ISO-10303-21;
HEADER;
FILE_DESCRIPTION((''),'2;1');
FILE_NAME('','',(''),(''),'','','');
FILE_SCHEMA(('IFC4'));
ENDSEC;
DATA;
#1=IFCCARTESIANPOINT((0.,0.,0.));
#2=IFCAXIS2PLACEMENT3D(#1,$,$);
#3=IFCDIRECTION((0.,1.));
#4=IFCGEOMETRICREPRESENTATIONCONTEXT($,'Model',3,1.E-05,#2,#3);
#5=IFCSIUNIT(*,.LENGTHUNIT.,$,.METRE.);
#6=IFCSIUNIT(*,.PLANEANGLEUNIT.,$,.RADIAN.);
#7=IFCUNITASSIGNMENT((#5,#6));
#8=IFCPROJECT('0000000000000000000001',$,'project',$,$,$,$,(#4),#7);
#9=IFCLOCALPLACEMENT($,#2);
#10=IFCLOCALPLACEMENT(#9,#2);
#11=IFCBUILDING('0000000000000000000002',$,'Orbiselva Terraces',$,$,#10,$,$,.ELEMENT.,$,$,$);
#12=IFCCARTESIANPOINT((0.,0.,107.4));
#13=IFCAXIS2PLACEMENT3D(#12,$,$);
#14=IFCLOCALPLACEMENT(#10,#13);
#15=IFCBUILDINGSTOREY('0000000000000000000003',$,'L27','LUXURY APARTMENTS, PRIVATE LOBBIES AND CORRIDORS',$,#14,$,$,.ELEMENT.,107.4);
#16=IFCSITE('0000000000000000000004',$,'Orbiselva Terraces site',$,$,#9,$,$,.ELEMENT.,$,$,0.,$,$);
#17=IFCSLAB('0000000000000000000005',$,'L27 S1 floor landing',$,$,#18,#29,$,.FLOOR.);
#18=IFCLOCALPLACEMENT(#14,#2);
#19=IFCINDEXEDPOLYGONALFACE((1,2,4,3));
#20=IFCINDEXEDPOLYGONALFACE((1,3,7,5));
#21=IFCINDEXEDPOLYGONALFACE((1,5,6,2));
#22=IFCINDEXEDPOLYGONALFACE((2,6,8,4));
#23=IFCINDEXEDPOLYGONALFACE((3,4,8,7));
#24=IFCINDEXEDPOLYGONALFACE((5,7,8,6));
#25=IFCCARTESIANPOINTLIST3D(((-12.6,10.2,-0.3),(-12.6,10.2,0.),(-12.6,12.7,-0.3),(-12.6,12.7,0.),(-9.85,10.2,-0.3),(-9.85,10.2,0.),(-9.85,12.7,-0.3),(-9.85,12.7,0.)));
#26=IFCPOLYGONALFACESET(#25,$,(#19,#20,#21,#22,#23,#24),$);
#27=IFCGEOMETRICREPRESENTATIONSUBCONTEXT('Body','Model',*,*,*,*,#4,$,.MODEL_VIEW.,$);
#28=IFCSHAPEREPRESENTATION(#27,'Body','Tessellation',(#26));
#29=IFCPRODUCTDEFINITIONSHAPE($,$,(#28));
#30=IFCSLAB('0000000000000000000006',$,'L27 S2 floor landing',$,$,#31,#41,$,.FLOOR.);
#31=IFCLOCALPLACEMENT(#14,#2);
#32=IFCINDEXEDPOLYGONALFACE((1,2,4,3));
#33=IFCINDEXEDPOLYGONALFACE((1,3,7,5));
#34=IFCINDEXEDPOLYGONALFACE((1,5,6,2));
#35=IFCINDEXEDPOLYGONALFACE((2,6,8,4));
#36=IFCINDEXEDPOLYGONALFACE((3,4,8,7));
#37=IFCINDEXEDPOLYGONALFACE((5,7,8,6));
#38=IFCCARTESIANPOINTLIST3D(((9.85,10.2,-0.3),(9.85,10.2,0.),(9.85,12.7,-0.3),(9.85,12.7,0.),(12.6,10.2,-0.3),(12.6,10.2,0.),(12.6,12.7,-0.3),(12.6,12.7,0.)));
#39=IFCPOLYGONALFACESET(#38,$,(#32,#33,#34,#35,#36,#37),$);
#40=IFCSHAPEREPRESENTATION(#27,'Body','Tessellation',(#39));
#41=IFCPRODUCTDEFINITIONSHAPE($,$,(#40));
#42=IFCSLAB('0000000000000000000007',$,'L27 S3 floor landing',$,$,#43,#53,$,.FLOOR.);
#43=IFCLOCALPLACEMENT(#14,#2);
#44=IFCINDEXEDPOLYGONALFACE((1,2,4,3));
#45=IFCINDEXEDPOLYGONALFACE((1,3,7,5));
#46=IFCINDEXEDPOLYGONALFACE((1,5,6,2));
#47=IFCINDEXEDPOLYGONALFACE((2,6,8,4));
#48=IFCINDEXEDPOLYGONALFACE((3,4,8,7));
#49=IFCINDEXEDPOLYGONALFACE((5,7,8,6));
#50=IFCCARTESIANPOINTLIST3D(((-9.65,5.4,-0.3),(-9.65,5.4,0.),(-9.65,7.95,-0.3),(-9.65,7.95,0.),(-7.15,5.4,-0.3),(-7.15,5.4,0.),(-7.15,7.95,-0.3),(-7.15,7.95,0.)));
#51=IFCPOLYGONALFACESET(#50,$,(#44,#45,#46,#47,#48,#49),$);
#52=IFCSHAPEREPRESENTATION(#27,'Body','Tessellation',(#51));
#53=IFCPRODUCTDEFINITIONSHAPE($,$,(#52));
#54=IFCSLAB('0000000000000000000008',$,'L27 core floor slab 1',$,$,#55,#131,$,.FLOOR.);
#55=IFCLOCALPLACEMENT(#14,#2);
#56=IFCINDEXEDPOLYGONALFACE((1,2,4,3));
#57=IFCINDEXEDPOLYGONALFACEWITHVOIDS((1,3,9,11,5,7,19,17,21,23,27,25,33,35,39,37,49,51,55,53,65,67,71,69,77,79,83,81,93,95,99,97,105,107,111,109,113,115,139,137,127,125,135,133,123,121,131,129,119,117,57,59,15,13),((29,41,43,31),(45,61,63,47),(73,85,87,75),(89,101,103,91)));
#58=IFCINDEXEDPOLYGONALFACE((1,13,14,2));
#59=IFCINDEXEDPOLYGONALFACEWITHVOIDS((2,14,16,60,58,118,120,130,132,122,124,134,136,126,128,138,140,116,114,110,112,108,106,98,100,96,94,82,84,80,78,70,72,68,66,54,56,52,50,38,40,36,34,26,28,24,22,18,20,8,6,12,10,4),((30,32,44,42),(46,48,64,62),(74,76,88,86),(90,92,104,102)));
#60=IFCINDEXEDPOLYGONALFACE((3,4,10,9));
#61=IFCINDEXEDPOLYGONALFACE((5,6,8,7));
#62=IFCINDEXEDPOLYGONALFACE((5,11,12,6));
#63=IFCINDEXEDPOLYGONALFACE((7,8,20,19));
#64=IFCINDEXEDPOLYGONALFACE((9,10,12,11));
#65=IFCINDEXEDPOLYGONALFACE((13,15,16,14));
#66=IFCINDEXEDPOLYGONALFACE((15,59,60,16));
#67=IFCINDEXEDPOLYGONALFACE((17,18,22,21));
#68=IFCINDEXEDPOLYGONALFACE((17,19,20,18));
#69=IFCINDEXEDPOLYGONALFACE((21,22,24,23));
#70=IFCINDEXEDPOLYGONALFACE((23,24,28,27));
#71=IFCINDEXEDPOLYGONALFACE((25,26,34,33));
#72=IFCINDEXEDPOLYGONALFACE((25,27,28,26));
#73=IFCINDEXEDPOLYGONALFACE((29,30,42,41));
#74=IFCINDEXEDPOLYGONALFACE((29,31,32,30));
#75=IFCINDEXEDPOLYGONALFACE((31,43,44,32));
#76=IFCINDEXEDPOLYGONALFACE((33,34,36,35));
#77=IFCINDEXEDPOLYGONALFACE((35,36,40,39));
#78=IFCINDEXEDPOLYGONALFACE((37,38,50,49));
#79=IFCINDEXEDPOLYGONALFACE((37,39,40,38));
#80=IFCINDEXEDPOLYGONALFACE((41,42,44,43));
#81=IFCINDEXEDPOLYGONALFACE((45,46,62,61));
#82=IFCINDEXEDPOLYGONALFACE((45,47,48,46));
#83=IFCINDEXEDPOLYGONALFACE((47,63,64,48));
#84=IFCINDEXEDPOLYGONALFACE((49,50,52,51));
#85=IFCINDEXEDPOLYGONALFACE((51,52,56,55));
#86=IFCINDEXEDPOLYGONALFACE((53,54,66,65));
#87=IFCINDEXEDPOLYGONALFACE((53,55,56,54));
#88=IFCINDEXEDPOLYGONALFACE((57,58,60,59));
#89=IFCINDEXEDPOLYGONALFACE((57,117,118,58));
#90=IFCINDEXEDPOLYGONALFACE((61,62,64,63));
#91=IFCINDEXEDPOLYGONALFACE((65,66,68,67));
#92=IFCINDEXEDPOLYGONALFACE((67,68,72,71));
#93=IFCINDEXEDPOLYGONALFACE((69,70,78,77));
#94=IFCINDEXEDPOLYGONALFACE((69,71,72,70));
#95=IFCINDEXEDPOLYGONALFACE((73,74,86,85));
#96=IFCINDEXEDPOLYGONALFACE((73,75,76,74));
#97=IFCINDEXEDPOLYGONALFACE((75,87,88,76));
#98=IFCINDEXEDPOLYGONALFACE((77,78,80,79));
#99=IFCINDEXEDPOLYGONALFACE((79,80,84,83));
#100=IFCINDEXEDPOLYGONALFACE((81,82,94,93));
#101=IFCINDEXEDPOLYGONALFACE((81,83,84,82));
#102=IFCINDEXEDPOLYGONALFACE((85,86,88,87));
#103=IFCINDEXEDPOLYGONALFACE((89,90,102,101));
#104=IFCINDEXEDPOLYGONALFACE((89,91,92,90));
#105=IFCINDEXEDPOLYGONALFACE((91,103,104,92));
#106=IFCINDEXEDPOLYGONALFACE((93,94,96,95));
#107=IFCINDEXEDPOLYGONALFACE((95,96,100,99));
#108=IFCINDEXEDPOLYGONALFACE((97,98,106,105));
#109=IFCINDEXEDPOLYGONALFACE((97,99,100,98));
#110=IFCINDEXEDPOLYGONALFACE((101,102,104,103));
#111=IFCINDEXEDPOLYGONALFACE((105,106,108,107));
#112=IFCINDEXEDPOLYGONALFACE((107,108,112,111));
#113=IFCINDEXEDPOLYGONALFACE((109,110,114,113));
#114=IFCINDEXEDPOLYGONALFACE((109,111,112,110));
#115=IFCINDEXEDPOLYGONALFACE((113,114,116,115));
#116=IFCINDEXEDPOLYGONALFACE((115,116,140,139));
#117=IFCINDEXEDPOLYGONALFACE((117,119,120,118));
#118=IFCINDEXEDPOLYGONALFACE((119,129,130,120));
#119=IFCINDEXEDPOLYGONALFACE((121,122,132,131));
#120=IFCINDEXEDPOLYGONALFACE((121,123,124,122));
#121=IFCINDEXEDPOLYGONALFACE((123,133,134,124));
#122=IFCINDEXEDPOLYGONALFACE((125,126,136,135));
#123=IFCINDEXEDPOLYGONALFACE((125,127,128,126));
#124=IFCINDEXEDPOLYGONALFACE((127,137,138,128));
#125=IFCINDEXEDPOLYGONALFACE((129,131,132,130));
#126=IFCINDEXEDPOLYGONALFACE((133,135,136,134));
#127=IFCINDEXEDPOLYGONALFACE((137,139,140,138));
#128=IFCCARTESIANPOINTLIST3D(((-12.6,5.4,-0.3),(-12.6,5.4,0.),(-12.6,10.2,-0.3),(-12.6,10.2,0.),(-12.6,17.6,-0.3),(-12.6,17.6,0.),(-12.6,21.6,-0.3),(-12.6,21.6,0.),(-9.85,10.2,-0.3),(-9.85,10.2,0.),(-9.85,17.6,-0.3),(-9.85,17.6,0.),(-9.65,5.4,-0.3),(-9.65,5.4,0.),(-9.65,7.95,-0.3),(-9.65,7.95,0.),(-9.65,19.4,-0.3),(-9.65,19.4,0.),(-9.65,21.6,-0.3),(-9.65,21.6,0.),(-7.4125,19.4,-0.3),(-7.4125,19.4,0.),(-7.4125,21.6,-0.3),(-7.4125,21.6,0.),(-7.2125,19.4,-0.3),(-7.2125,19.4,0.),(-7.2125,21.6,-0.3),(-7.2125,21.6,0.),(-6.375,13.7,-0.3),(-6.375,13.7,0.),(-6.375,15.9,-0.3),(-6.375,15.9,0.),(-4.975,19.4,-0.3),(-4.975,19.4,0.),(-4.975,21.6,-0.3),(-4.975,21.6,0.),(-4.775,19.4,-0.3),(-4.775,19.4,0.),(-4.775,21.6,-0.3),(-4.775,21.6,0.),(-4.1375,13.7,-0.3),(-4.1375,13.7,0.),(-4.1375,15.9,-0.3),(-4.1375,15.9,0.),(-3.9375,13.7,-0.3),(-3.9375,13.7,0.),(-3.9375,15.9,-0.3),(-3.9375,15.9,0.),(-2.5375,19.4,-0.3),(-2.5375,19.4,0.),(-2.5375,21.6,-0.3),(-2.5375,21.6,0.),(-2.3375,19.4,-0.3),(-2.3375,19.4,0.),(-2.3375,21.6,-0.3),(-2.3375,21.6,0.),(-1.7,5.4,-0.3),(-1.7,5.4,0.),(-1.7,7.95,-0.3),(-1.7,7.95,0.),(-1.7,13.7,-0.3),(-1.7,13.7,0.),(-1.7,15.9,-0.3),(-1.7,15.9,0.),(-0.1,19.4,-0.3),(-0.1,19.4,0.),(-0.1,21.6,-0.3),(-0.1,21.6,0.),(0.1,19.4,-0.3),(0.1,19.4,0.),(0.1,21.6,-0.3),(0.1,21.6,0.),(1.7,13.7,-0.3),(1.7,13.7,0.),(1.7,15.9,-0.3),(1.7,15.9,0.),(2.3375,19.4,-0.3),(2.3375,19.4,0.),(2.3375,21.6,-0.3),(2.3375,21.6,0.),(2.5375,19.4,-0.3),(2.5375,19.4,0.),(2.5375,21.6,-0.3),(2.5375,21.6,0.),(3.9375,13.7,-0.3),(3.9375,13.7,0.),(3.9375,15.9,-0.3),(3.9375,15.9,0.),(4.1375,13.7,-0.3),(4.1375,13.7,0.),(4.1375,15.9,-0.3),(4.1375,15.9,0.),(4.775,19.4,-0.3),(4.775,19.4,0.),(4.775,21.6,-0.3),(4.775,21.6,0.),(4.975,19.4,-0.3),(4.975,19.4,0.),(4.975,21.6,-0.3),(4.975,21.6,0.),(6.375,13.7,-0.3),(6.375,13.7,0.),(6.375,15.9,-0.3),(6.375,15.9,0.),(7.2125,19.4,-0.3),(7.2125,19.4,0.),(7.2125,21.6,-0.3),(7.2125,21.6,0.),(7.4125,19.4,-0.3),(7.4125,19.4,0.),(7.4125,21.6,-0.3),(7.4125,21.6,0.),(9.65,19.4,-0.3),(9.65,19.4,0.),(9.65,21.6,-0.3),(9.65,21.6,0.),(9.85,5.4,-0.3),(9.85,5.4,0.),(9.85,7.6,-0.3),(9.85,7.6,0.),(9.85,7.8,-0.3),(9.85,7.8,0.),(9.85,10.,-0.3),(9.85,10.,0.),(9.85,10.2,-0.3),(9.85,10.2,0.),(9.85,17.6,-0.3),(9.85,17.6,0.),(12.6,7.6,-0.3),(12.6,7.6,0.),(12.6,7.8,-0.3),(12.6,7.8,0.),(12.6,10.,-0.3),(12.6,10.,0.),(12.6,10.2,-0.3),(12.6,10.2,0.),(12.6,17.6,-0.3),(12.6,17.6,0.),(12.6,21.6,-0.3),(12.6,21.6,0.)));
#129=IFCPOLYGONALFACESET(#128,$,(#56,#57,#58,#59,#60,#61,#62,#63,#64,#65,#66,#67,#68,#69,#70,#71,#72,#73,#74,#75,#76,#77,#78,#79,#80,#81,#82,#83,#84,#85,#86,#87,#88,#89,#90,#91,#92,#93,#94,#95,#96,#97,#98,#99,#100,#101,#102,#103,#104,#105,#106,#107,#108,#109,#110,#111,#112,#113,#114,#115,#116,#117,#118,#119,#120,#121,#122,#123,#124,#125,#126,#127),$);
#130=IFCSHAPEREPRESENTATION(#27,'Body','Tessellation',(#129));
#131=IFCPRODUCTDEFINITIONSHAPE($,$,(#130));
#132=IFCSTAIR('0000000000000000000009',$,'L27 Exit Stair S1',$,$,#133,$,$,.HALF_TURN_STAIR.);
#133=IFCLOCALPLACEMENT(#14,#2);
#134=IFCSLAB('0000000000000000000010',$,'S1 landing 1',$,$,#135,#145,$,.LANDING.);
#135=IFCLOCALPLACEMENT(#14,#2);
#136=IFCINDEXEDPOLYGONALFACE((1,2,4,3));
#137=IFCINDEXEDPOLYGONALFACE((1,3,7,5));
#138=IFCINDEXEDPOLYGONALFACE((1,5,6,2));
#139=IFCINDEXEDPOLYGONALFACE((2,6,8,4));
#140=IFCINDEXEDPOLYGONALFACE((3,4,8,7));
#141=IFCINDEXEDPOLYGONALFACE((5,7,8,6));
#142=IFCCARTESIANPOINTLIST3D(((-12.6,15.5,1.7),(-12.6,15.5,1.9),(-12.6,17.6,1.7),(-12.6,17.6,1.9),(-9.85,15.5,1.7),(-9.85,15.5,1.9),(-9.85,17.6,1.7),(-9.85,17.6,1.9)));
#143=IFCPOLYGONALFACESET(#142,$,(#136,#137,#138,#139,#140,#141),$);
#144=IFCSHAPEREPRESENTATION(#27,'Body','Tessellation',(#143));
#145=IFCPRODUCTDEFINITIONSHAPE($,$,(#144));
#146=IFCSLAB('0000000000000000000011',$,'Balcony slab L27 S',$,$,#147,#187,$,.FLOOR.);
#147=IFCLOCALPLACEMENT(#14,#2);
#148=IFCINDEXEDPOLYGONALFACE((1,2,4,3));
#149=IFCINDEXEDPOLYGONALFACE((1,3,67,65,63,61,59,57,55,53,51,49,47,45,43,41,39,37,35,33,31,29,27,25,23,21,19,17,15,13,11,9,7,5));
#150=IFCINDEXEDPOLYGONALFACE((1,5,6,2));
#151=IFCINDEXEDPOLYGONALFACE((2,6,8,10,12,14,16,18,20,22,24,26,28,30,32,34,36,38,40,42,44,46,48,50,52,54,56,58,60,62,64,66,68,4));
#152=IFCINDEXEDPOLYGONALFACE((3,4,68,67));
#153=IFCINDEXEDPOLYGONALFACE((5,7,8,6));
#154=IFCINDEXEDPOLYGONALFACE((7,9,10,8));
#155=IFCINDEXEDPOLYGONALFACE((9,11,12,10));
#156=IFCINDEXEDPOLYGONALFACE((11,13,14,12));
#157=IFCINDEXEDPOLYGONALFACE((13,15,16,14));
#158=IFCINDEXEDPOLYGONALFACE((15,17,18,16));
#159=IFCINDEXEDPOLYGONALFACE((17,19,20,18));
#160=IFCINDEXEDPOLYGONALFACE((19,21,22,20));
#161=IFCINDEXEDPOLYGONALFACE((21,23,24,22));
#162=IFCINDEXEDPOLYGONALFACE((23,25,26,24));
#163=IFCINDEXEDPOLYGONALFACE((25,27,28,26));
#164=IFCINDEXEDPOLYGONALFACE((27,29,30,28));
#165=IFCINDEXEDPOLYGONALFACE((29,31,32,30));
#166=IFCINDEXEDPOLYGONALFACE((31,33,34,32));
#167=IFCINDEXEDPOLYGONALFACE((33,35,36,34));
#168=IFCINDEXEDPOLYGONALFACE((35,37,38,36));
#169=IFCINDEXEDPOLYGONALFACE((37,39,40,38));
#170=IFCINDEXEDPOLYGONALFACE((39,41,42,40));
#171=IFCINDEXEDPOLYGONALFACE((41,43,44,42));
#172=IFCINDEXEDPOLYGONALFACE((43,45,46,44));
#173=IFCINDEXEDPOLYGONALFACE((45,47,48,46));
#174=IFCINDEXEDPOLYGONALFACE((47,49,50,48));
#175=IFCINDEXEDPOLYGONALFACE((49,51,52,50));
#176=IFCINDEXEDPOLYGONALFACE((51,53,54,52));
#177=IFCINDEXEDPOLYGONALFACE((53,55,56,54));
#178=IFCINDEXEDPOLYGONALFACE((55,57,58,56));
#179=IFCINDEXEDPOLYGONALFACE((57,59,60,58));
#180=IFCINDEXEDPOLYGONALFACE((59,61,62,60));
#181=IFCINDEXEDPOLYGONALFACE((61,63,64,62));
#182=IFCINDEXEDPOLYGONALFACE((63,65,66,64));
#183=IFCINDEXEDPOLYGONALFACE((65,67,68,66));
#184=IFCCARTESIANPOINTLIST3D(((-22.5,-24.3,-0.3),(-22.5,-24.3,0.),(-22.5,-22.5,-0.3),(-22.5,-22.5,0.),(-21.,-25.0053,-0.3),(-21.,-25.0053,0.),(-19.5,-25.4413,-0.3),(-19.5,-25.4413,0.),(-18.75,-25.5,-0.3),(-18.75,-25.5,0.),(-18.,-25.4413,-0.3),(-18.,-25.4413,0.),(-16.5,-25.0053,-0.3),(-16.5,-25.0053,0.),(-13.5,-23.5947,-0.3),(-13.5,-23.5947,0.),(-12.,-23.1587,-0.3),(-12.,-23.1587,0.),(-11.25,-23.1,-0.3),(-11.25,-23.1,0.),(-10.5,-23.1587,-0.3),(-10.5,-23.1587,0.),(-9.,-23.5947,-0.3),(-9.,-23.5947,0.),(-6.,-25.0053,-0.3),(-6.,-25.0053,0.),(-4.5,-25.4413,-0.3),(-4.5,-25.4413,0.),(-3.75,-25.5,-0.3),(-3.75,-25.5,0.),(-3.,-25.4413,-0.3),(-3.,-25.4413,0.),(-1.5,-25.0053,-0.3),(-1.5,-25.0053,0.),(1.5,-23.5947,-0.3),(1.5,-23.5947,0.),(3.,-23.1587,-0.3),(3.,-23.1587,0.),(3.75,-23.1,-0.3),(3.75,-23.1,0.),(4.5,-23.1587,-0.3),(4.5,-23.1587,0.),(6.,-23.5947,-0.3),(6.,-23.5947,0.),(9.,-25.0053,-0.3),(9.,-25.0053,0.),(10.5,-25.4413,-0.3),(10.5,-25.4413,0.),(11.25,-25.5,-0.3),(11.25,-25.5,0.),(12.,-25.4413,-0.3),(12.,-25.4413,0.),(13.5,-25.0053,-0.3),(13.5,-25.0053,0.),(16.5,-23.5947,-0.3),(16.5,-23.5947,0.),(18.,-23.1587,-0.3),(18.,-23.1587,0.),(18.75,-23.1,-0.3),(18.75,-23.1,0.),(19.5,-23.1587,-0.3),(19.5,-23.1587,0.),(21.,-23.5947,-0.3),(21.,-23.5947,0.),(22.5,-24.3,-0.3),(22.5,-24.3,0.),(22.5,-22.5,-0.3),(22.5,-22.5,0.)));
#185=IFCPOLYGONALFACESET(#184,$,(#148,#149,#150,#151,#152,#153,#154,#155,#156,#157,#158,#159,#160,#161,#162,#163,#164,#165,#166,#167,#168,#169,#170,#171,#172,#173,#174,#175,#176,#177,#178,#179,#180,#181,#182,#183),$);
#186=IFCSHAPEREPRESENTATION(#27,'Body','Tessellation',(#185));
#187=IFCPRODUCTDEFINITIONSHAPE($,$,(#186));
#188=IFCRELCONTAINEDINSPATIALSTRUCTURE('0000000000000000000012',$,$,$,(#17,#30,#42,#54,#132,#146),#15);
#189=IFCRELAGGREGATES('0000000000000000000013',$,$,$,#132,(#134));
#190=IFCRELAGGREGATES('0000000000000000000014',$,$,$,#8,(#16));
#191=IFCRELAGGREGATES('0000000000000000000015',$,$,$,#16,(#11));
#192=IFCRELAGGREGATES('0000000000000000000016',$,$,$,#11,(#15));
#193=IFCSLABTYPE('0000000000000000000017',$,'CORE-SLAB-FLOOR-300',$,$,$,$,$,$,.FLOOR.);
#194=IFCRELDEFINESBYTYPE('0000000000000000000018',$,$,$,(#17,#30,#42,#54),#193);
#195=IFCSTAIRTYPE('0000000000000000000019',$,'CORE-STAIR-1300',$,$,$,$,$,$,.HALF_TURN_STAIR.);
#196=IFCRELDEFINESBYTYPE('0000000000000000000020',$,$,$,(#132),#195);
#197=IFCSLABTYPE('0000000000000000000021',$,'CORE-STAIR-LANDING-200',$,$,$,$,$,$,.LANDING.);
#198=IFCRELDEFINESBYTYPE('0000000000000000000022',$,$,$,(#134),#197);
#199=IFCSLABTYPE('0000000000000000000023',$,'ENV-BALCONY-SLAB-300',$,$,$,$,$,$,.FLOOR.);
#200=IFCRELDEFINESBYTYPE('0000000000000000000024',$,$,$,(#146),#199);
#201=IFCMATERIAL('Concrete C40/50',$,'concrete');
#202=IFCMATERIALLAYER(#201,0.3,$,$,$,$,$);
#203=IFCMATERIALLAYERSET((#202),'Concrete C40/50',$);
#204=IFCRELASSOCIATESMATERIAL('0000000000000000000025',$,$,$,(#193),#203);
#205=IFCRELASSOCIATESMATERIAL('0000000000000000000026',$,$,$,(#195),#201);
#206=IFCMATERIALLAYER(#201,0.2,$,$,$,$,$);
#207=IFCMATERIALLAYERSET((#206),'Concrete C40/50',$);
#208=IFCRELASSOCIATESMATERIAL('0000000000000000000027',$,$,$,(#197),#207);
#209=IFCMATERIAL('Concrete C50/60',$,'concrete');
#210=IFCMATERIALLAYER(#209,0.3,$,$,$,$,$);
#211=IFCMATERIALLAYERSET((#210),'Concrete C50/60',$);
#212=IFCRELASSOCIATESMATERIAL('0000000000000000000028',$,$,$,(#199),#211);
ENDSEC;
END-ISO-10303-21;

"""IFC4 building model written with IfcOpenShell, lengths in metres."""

from ifc_helpers import new_model, si_unit, direction, frame, origin, place, context, subcontext, project, spatial, polyline, outline, extrude, material, layer, layer_set, type_object, element, aggregate, save


model = new_model("IFC4")

# Units and contexts
model_context = context("Model", 3, precision=1e-05, world=origin(), true_north=direction((0.0, 1.0)))
body_context = subcontext(model_context, "Body", "Model", "MODEL_VIEW")
ifc_project = project(units=[si_unit("LENGTHUNIT", "METRE"), si_unit("PLANEANGLEUNIT", "RADIAN")], contexts=[model_context])

# Site, building, storey
site_placement = place(None, origin())
site = spatial("IfcSite", under=ifc_project, at=site_placement, Name="Orbiselva Terraces site", CompositionType="ELEMENT", RefElevation=0.0)
building_placement = place(site_placement, origin())
building = spatial("IfcBuilding", under=site, at=building_placement, Name="Orbiselva Terraces", CompositionType="ELEMENT")
storey_placement = place(building_placement, frame((0.0, 0.0, 107.4)))
storey = spatial("IfcBuildingStorey", under=building, at=storey_placement, Name="L27", Description="LUXURY APARTMENTS, PRIVATE LOBBIES AND CORRIDORS", CompositionType="ELEMENT", Elevation=107.4)

# Slabs
ifc_material_1 = material(Name="Concrete C40/50", Category="concrete")
ifc_layer_1 = layer(ifc_material_1, 0.3)
ifc_layer_set_1 = layer_set([ifc_layer_1], Name="Concrete C40/50")
slab_type_1 = type_object("IfcSlabType", Name="CORE-SLAB-FLOOR-300", PredefinedType="FLOOR", material=ifc_layer_set_1)
slab_1_placement = place(storey_placement, frame((0.0, 0.0, -0.3)))
element("IfcSlab", 1, at=slab_1_placement, inside=storey, type_object=slab_type_1, Name="L27 S1 floor landing", PredefinedType="FLOOR", context=body_context, shape_type="SweptSolid", body=[
    extrude(outline(polyline([(-12.6, 12.7), (-9.85, 12.7), (-9.85, 10.2), (-12.6, 10.2), (-12.6, 12.7)])), origin(), (0.0, 0.0, 1.0), 0.3),
])
slab_2_placement = place(storey_placement, frame((0.0, 0.0, -0.3)))
element("IfcSlab", 2, at=slab_2_placement, inside=storey, type_object=slab_type_1, Name="L27 S2 floor landing", PredefinedType="FLOOR", context=body_context, shape_type="SweptSolid", body=[
    extrude(outline(polyline([(12.6, 12.7), (12.6, 10.2), (9.85, 10.2), (9.85, 12.7), (12.6, 12.7)])), origin(), (0.0, 0.0, 1.0), 0.3),
])
slab_3_placement = place(storey_placement, frame((0.0, 0.0, -0.3)))
element("IfcSlab", 3, at=slab_3_placement, inside=storey, type_object=slab_type_1, Name="L27 S3 floor landing", PredefinedType="FLOOR", context=body_context, shape_type="SweptSolid", body=[
    extrude(outline(polyline([(-7.15, 5.4), (-9.65, 5.4), (-9.65, 7.95), (-7.15, 7.95), (-7.15, 5.4)])), origin(), (0.0, 0.0, 1.0), 0.3),
])
slab_4_placement = place(storey_placement, frame((0.0, 0.0, -0.3)))
element("IfcSlab", 4, at=slab_4_placement, inside=storey, type_object=slab_type_1, Name="L27 core floor slab 1", PredefinedType="FLOOR", context=body_context, shape_type="SweptSolid", body=[
    extrude(outline(polyline([(-1.7, 5.4), (-1.7, 7.95), (-9.65, 7.95), (-9.65, 5.4), (-12.6, 5.4), (-12.6, 10.2), (-9.85, 10.2), (-9.85, 17.6), (-12.6, 17.6), (-12.6, 21.6), (-9.65, 21.6), (-9.65, 19.4), (-7.4125, 19.4), (-7.4125, 21.6), (-7.2125, 21.6), (-7.2125, 19.4), (-4.975, 19.4), (-4.975, 21.6), (-4.775, 21.6), (-4.775, 19.4), (-2.5375, 19.4), (-2.5375, 21.6), (-2.3375, 21.6), (-2.3375, 19.4), (-0.1, 19.4), (-0.1, 21.6), (0.1, 21.6), (0.1, 19.4), (2.3375, 19.4), (2.3375, 21.6), (2.5375, 21.6), (2.5375, 19.4), (4.775, 19.4), (4.775, 21.6), (4.975, 21.6), (4.975, 19.4), (7.2125, 19.4), (7.2125, 21.6), (7.4125, 21.6), (7.4125, 19.4), (9.65, 19.4), (9.65, 21.6), (12.6, 21.6), (12.6, 17.6), (9.85, 17.6), (9.85, 10.2), (12.6, 10.2), (12.6, 10.0), (9.85, 10.0), (9.85, 7.8), (12.6, 7.8), (12.6, 7.6), (9.85, 7.6), (9.85, 5.4), (-1.7, 5.4)]), holes=[polyline([(-4.1375, 13.7), (-4.1375, 15.9), (-6.375, 15.9), (-6.375, 13.7), (-4.1375, 13.7)]), polyline([(-1.7, 13.7), (-1.7, 15.9), (-3.9375, 15.9), (-3.9375, 13.7), (-1.7, 13.7)]), polyline([(3.9375, 13.7), (3.9375, 15.9), (1.7, 15.9), (1.7, 13.7), (3.9375, 13.7)]), polyline([(6.375, 13.7), (6.375, 15.9), (4.1375, 15.9), (4.1375, 13.7), (6.375, 13.7)])]), origin(), (0.0, 0.0, 1.0), 0.3),
])

# Stair, slab
stair_type = type_object("IfcStairType", Name="CORE-STAIR-1300", PredefinedType="HALF_TURN_STAIR", material=ifc_material_1)
stair_placement = place(storey_placement, origin())
stair = element("IfcStair", 5, at=stair_placement, inside=storey, type_object=stair_type, Name="L27 Exit Stair S1", PredefinedType="HALF_TURN_STAIR")
ifc_layer_2 = layer(ifc_material_1, 0.2)
ifc_layer_set_2 = layer_set([ifc_layer_2], Name="Concrete C40/50")
slab_type_2 = type_object("IfcSlabType", Name="CORE-STAIR-LANDING-200", PredefinedType="LANDING", material=ifc_layer_set_2)
slab_5_placement = place(storey_placement, frame((0.0, 0.0, 1.7)))
slab_5 = element("IfcSlab", 6, at=slab_5_placement, type_object=slab_type_2, Name="S1 landing 1", PredefinedType="LANDING", context=body_context, shape_type="SweptSolid", body=[
    extrude(outline(polyline([(-9.85, 15.5), (-9.85, 17.6), (-12.6, 17.6), (-12.6, 15.5), (-9.85, 15.5)])), origin(), (0.0, 0.0, 1.0), 0.2),
])
aggregate(stair, [slab_5])

# Slab
ifc_material_2 = material(Name="Concrete C50/60", Category="concrete")
ifc_layer_3 = layer(ifc_material_2, 0.3)
ifc_layer_set_3 = layer_set([ifc_layer_3], Name="Concrete C50/60")
slab_type_3 = type_object("IfcSlabType", Name="ENV-BALCONY-SLAB-300", PredefinedType="FLOOR", material=ifc_layer_set_3)
slab_6_placement = place(storey_placement, frame((0.0, 0.0, -0.3)))
element("IfcSlab", 7, at=slab_6_placement, inside=storey, type_object=slab_type_3, Name="Balcony slab L27 S", PredefinedType="FLOOR", context=body_context, shape_type="SweptSolid", body=[
    extrude(outline(polyline([(-22.5, -24.3), (-21.0, -25.0053), (-19.5, -25.4413), (-18.75, -25.5), (-18.0, -25.4413), (-16.5, -25.0053), (-13.5, -23.5947), (-12.0, -23.1587), (-11.25, -23.1), (-10.5, -23.1587), (-9.0, -23.5947), (-6.0, -25.0053), (-4.5, -25.4413), (-3.75, -25.5), (-3.0, -25.4413), (-1.5, -25.0053), (1.5, -23.5947), (3.0, -23.1587), (3.75, -23.1), (4.5, -23.1587), (6.0, -23.5947), (9.0, -25.0053), (10.5, -25.4413), (11.25, -25.5), (12.0, -25.4413), (13.5, -25.0053), (16.5, -23.5947), (18.0, -23.1587), (18.75, -23.1), (19.5, -23.1587), (21.0, -23.5947), (22.5, -24.3), (22.5, -22.5), (-22.5, -22.5), (-22.5, -24.3)])), origin(), (0.0, 0.0, 1.0), 0.3),
])

save(model, "model.ifc")
